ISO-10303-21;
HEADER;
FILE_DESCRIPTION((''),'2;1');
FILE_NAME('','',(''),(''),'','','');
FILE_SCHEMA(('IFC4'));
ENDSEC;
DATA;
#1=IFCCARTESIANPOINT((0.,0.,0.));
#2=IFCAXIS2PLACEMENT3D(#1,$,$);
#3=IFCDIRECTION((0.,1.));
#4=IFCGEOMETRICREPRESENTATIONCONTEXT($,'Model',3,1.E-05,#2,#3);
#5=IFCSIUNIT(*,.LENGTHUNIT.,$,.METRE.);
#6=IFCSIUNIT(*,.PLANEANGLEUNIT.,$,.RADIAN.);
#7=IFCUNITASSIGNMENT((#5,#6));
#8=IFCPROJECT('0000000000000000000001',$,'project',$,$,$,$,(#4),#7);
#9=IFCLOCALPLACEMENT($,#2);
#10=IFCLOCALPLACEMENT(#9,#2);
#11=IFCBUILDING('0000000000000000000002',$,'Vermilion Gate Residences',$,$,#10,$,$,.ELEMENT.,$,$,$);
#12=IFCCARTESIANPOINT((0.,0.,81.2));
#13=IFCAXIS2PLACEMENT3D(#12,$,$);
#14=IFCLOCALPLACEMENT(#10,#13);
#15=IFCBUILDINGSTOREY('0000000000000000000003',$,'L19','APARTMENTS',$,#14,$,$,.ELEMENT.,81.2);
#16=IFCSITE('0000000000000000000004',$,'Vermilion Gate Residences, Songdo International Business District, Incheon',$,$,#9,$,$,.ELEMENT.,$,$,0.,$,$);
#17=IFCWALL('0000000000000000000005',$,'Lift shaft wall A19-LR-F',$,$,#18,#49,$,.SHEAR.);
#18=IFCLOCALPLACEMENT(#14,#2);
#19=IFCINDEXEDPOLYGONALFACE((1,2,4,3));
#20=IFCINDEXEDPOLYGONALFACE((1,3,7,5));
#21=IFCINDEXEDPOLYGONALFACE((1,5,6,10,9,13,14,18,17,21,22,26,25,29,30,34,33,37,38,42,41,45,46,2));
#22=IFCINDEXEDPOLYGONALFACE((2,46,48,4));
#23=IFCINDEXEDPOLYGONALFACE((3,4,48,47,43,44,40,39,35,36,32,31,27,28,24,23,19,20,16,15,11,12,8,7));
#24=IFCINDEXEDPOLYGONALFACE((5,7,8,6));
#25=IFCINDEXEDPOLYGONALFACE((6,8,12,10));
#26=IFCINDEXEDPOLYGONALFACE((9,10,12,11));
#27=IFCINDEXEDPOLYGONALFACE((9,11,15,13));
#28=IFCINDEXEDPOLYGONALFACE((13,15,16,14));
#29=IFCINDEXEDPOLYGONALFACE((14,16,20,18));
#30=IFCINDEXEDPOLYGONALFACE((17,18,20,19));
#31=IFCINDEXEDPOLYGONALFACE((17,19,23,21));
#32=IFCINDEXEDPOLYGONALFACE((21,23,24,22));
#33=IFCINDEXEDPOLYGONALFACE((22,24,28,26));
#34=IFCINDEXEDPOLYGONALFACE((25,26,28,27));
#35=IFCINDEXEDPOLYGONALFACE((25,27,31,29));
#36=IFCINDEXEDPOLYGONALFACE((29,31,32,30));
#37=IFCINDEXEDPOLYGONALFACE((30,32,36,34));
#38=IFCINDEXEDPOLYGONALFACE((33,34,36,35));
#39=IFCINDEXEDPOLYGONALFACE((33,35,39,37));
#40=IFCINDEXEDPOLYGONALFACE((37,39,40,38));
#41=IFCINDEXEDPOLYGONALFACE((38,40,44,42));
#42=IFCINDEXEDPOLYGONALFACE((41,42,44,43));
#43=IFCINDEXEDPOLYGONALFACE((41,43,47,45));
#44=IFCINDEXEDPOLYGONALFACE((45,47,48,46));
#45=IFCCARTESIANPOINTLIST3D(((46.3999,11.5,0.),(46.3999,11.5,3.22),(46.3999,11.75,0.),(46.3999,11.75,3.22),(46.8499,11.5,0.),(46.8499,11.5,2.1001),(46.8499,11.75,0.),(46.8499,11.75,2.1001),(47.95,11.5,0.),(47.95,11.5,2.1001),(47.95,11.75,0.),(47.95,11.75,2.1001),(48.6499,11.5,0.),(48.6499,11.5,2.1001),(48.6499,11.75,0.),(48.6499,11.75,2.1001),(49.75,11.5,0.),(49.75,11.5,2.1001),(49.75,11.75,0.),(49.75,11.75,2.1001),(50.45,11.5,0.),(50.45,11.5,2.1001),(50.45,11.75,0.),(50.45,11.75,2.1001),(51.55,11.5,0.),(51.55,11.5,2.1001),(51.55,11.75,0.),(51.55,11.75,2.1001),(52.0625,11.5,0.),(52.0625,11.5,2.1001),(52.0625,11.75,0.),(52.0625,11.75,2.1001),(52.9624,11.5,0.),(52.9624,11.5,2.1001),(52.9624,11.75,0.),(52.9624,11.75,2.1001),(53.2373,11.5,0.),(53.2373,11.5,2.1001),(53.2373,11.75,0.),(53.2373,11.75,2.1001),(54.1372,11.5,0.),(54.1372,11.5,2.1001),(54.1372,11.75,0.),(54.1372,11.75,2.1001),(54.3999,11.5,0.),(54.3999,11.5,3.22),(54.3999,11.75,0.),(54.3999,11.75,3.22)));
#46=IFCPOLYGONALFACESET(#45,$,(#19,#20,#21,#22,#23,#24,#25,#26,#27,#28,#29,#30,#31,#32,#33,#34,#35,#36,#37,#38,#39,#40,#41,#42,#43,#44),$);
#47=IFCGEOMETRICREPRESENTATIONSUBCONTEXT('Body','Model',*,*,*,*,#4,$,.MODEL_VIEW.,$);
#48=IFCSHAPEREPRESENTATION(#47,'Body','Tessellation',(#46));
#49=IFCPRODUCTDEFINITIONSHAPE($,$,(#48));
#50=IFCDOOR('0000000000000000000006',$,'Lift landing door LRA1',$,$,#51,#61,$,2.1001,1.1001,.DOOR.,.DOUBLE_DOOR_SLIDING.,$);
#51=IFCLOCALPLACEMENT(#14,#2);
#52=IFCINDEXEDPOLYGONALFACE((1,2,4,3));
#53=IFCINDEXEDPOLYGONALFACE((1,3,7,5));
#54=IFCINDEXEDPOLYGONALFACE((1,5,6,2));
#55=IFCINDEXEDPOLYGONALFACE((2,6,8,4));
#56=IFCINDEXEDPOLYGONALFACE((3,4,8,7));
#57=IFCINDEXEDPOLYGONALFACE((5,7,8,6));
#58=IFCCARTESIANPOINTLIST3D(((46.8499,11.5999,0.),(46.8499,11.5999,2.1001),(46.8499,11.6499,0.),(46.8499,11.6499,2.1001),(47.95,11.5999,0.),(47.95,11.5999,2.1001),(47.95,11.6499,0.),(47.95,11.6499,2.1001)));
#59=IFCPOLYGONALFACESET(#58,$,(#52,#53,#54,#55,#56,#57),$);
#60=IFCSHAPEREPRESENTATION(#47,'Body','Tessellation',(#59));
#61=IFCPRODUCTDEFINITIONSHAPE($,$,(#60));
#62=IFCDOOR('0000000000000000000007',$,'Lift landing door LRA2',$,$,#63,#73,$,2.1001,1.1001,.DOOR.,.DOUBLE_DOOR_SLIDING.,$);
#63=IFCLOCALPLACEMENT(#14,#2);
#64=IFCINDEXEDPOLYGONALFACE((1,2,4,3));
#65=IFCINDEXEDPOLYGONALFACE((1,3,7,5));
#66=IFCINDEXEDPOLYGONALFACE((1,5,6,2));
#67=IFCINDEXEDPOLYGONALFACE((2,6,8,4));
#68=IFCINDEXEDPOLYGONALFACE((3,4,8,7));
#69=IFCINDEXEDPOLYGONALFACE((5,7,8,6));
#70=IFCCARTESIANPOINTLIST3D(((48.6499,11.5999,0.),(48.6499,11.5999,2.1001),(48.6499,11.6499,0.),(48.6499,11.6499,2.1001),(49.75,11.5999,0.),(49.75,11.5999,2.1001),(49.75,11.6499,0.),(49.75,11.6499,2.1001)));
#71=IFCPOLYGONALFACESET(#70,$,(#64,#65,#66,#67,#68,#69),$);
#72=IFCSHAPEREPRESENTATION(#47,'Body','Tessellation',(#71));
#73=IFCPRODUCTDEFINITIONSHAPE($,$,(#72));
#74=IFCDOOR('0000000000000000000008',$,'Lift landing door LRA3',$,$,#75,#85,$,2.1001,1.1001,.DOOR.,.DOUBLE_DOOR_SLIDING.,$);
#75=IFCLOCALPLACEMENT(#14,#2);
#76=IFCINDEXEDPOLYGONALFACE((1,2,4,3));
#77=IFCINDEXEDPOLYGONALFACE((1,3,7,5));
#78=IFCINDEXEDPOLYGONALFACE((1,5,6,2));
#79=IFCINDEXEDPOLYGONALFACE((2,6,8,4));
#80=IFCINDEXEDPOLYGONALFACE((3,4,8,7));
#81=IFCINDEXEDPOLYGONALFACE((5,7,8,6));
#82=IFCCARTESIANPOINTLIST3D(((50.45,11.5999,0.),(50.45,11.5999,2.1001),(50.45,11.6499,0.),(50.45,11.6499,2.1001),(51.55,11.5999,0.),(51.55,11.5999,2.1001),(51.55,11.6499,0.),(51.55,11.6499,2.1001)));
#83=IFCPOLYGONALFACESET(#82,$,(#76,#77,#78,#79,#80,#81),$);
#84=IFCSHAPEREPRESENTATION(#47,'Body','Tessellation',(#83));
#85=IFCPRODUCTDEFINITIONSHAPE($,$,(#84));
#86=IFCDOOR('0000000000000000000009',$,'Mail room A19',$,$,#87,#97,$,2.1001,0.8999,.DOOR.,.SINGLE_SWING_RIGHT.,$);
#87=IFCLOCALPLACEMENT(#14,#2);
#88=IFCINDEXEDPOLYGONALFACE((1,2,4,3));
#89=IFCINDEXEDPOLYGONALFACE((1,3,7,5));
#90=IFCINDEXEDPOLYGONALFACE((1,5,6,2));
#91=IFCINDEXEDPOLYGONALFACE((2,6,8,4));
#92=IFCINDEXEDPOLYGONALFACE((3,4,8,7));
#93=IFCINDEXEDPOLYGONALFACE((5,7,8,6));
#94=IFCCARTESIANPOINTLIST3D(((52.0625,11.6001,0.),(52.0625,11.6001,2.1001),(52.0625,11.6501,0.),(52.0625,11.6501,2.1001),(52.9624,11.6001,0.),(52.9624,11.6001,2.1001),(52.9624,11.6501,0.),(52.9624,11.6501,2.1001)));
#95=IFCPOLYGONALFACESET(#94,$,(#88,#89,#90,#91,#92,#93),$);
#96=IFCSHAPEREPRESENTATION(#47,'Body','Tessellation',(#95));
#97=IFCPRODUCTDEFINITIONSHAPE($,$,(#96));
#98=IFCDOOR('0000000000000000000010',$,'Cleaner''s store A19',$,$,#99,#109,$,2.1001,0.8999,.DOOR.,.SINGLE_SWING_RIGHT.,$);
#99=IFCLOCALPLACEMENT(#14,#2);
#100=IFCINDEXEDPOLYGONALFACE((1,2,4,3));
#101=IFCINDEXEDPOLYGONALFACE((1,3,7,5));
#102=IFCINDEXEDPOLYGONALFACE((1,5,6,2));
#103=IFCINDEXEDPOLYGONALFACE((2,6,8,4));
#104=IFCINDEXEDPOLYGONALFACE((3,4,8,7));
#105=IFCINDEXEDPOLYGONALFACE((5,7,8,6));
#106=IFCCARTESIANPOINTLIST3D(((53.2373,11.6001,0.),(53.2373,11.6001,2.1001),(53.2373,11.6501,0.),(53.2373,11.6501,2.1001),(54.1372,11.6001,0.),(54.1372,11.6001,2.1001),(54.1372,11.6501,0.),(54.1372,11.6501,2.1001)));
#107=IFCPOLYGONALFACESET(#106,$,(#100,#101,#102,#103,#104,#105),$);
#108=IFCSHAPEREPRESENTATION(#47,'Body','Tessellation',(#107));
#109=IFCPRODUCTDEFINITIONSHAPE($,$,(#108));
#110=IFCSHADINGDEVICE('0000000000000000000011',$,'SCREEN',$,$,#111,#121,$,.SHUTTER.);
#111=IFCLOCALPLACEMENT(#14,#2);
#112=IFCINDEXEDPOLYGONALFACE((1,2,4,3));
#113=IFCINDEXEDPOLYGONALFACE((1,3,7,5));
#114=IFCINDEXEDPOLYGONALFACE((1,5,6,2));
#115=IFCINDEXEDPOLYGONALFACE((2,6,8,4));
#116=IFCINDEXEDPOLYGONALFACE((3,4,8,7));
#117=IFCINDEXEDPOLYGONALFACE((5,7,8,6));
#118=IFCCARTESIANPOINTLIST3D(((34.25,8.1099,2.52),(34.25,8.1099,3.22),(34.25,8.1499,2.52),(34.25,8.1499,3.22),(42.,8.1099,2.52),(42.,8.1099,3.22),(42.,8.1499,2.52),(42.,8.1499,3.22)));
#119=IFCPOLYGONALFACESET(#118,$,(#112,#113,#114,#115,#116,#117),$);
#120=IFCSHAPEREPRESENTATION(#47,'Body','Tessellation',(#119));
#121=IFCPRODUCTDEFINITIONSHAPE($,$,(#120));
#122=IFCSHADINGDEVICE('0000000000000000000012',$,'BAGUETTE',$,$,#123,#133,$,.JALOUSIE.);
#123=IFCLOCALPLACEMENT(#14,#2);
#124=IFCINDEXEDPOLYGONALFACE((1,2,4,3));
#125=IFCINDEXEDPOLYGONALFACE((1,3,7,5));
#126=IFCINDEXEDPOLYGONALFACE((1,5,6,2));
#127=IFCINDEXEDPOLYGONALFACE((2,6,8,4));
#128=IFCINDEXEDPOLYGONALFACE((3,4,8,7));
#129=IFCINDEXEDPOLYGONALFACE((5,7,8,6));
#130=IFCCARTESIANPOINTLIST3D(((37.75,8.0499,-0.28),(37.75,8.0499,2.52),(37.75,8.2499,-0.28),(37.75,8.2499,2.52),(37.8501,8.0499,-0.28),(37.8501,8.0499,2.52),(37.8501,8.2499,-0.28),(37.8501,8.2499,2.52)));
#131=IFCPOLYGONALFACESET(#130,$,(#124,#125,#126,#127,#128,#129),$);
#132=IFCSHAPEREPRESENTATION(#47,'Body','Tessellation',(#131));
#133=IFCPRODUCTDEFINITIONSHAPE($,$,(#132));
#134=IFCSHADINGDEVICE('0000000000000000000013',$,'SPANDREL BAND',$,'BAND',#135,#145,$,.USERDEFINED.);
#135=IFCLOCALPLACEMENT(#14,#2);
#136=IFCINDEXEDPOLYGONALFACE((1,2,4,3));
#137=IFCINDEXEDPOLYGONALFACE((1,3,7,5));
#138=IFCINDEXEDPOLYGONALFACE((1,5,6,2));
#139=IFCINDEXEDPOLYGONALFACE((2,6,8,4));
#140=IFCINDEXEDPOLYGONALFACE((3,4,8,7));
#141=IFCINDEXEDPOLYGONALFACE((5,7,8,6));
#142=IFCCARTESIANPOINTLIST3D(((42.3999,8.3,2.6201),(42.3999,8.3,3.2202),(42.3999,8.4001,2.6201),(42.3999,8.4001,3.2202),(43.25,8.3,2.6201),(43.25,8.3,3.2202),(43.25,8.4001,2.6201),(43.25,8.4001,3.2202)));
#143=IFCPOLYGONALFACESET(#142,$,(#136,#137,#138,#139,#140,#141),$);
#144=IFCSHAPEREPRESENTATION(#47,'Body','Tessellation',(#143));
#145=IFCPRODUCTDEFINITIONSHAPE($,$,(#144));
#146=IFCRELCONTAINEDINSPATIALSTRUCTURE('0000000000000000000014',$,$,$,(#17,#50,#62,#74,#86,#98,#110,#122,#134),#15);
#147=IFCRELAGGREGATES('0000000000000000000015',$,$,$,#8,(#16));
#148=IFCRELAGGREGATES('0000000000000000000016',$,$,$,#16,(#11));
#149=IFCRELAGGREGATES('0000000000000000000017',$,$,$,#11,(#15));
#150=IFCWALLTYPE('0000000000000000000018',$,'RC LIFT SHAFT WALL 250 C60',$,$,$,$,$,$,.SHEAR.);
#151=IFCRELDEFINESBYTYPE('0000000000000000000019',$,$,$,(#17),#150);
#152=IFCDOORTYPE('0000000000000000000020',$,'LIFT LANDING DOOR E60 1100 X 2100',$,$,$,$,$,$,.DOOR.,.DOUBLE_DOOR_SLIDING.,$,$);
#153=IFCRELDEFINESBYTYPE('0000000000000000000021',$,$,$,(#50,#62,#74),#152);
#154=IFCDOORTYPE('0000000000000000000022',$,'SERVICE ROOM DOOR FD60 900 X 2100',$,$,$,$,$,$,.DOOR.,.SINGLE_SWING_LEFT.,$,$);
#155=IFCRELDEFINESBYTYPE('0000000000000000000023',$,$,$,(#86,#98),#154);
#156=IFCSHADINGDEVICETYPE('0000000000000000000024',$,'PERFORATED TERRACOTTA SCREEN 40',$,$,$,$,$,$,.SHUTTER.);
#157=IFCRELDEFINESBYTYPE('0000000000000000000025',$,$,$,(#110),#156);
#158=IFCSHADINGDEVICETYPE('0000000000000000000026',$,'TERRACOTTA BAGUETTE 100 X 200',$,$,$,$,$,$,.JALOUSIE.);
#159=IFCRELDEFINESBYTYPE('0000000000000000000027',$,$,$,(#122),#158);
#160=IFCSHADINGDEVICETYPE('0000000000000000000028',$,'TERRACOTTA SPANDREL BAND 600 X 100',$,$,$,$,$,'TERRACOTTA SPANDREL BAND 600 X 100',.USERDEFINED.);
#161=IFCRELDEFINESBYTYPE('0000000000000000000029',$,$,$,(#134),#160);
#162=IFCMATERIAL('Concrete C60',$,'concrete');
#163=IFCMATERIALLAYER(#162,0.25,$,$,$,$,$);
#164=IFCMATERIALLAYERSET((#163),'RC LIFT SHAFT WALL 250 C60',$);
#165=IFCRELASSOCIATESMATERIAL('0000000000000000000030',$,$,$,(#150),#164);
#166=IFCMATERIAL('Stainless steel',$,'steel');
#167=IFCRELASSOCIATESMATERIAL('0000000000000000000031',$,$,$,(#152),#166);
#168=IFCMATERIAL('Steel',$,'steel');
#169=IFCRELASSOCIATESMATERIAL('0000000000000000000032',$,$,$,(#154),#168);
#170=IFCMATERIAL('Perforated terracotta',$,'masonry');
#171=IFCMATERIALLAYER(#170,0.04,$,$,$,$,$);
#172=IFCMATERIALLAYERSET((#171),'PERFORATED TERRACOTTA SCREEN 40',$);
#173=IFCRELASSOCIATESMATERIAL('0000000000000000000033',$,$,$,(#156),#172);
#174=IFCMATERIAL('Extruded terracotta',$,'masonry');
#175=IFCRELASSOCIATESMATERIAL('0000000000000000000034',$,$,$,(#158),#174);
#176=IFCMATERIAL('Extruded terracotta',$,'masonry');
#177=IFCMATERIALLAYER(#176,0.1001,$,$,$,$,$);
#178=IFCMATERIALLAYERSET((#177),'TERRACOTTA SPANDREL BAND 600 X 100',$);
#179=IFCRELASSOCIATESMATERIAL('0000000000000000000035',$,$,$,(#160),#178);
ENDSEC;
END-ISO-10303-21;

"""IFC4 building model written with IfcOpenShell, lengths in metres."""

from ifc_helpers import new_model, si_unit, direction, frame, frame_2d, origin, origin_2d, place, context, subcontext, project, spatial, rectangle, extrude, material, layer, layer_set, material_profile, profile_set, type_object, element, fill, save


model = new_model("IFC4")

# Units and contexts
model_context = context("Model", 3, precision=1e-05, world=origin(), true_north=direction((0.0, 1.0)))
body_context = subcontext(model_context, "Body", "Model", "MODEL_VIEW")
ifc_project = project(units=[si_unit("LENGTHUNIT", "METRE"), si_unit("PLANEANGLEUNIT", "RADIAN")], contexts=[model_context])

# Site, building, storey
site_placement = place(None, origin())
site = spatial("IfcSite", under=ifc_project, at=site_placement, Name="Vermilion Gate Residences, Songdo International Business District, Incheon", CompositionType="ELEMENT", RefElevation=0.0)
building_placement = place(site_placement, origin())
building = spatial("IfcBuilding", under=site, at=building_placement, Name="Vermilion Gate Residences", CompositionType="ELEMENT")
storey_placement = place(building_placement, frame((0.0, 0.0, 81.2)))
storey = spatial("IfcBuildingStorey", under=building, at=storey_placement, Name="L19", Description="APARTMENTS", CompositionType="ELEMENT", Elevation=81.2)

# Wall, openings, doors
ifc_material_1 = material(Name="Concrete C60", Category="concrete")
ifc_layer_1 = layer(ifc_material_1, 0.25)
ifc_layer_set_1 = layer_set([ifc_layer_1], Name="RC LIFT SHAFT WALL 250 C60")
wall_type_1 = type_object("IfcWallType", Name="RC LIFT SHAFT WALL 250 C60", PredefinedType="SHEAR", material=ifc_layer_set_1)
wall_1_placement = place(storey_placement, frame((46.3999, 11.625, 0.0), z_axis=(0.0, 0.0, 1.0), x_axis=(1.0, 0.0, 0.0)))
wall_1 = element("IfcWall", 1, at=wall_1_placement, inside=storey, type_object=wall_type_1, Name="Lift shaft wall A19-LR-F", PredefinedType="SHEAR", context=body_context, shape_type="SweptSolid", body=[
    extrude(rectangle(XDim=8.0, YDim=0.25, at=frame_2d((4.0, 0.0))), origin(), (0.0, 0.0, 1.0), 3.22),
])
opening_1_placement = place(wall_1_placement, frame((0.45, 0.0, 0.0)))
opening_1 = element("IfcOpeningElement", 2, at=opening_1_placement, cuts=wall_1, PredefinedType="OPENING", context=body_context, shape_type="SweptSolid", body=[
    extrude(rectangle(XDim=1.1001, YDim=2.1001, at=frame_2d((0.55, 1.05))), frame((0.0, 0.135, 0.0), z_axis=(0.0, -1.0, 0.0), x_axis=(1.0, 0.0, 0.0)), (0.0, 0.0, 1.0), 0.27),
])
opening_2_placement = place(wall_1_placement, frame((2.25, 0.0, 0.0)))
opening_2 = element("IfcOpeningElement", 3, at=opening_2_placement, cuts=wall_1, PredefinedType="OPENING", context=body_context, shape_type="SweptSolid", body=[
    extrude(rectangle(XDim=1.1001, YDim=2.1001, at=frame_2d((0.55, 1.05))), frame((0.0, 0.135, 0.0), z_axis=(0.0, -1.0, 0.0), x_axis=(1.0, 0.0, 0.0)), (0.0, 0.0, 1.0), 0.27),
])
opening_3_placement = place(wall_1_placement, frame((4.05, 0.0, 0.0)))
opening_3 = element("IfcOpeningElement", 4, at=opening_3_placement, cuts=wall_1, PredefinedType="OPENING", context=body_context, shape_type="SweptSolid", body=[
    extrude(rectangle(XDim=1.1001, YDim=2.1001, at=frame_2d((0.55, 1.05))), frame((0.0, 0.135, 0.0), z_axis=(0.0, -1.0, 0.0), x_axis=(1.0, 0.0, 0.0)), (0.0, 0.0, 1.0), 0.27),
])
opening_4_placement = place(wall_1_placement, frame((5.6626, 0.0, 0.0)))
opening_4 = element("IfcOpeningElement", 5, at=opening_4_placement, cuts=wall_1, PredefinedType="OPENING", context=body_context, shape_type="SweptSolid", body=[
    extrude(rectangle(XDim=0.8999, YDim=2.1001, at=frame_2d((0.45, 1.05))), frame((0.0, 0.135, 0.0), z_axis=(0.0, -1.0, 0.0), x_axis=(1.0, 0.0, 0.0)), (0.0, 0.0, 1.0), 0.27),
])
opening_5_placement = place(wall_1_placement, frame((6.8374, 0.0, 0.0)))
opening_5 = element("IfcOpeningElement", 6, at=opening_5_placement, cuts=wall_1, PredefinedType="OPENING", context=body_context, shape_type="SweptSolid", body=[
    extrude(rectangle(XDim=0.8999, YDim=2.1001, at=frame_2d((0.45, 1.05))), frame((0.0, 0.135, 0.0), z_axis=(0.0, -1.0, 0.0), x_axis=(1.0, 0.0, 0.0)), (0.0, 0.0, 1.0), 0.27),
])
ifc_material_2 = material(Name="Stainless steel", Category="steel")
door_type_1 = type_object("IfcDoorType", Name="LIFT LANDING DOOR E60 1100 X 2100", OperationType="DOUBLE_DOOR_SLIDING", PredefinedType="DOOR", material=ifc_material_2)
door_1_placement = place(opening_1_placement, origin())
door_1 = element("IfcDoor", 7, at=door_1_placement, inside=storey, type_object=door_type_1, Name="Lift landing door LRA1", OperationType="DOUBLE_DOOR_SLIDING", OverallHeight=2.1001, OverallWidth=1.1001, PredefinedType="DOOR", context=body_context, shape_type="SweptSolid", body=[
    extrude(rectangle(XDim=1.1001, YDim=2.1001, at=frame_2d((0.55, 1.05))), frame((0.0, 0.0249, 0.0), z_axis=(0.0, -1.0, 0.0), x_axis=(1.0, 0.0, 0.0)), (0.0, 0.0, 1.0), 0.05),
])
fill(opening_1, door_1)
door_2_placement = place(opening_2_placement, origin())
door_2 = element("IfcDoor", 8, at=door_2_placement, inside=storey, type_object=door_type_1, Name="Lift landing door LRA2", OperationType="DOUBLE_DOOR_SLIDING", OverallHeight=2.1001, OverallWidth=1.1001, PredefinedType="DOOR", context=body_context, shape_type="SweptSolid", body=[
    extrude(rectangle(XDim=1.1001, YDim=2.1001, at=frame_2d((0.55, 1.05))), frame((0.0, 0.0249, 0.0), z_axis=(0.0, -1.0, 0.0), x_axis=(1.0, 0.0, 0.0)), (0.0, 0.0, 1.0), 0.05),
])
fill(opening_2, door_2)
door_3_placement = place(opening_3_placement, origin())
door_3 = element("IfcDoor", 9, at=door_3_placement, inside=storey, type_object=door_type_1, Name="Lift landing door LRA3", OperationType="DOUBLE_DOOR_SLIDING", OverallHeight=2.1001, OverallWidth=1.1001, PredefinedType="DOOR", context=body_context, shape_type="SweptSolid", body=[
    extrude(rectangle(XDim=1.1001, YDim=2.1001, at=frame_2d((0.55, 1.05))), frame((0.0, 0.0249, 0.0), z_axis=(0.0, -1.0, 0.0), x_axis=(1.0, 0.0, 0.0)), (0.0, 0.0, 1.0), 0.05),
])
fill(opening_3, door_3)
ifc_material_3 = material(Name="Steel", Category="steel")
door_type_2 = type_object("IfcDoorType", Name="SERVICE ROOM DOOR FD60 900 X 2100", OperationType="SINGLE_SWING_LEFT", PredefinedType="DOOR", material=ifc_material_3)
door_4_placement = place(opening_4_placement, frame((0.8999, 0.0, 0.0), z_axis=(0.0, 0.0, 1.0), x_axis=(-1.0, 0.0, 0.0)))
door_4 = element("IfcDoor", 10, at=door_4_placement, inside=storey, type_object=door_type_2, Name="Mail room A19", OperationType="SINGLE_SWING_RIGHT", OverallHeight=2.1001, OverallWidth=0.8999, PredefinedType="DOOR", context=body_context, shape_type="SweptSolid", body=[
    extrude(rectangle(XDim=0.8999, YDim=2.1001, at=frame_2d((0.45, 1.05))), frame((0.0, 0.0249, 0.0), z_axis=(0.0, -1.0, 0.0), x_axis=(1.0, 0.0, 0.0)), (0.0, 0.0, 1.0), 0.05),
])
fill(opening_4, door_4)
door_5_placement = place(opening_5_placement, frame((0.8999, 0.0, 0.0), z_axis=(0.0, 0.0, 1.0), x_axis=(-1.0, 0.0, 0.0)))
door_5 = element("IfcDoor", 11, at=door_5_placement, inside=storey, type_object=door_type_2, Name="Cleaner's store A19", OperationType="SINGLE_SWING_RIGHT", OverallHeight=2.1001, OverallWidth=0.8999, PredefinedType="DOOR", context=body_context, shape_type="SweptSolid", body=[
    extrude(rectangle(XDim=0.8999, YDim=2.1001, at=frame_2d((0.45, 1.05))), frame((0.0, 0.0249, 0.0), z_axis=(0.0, -1.0, 0.0), x_axis=(1.0, 0.0, 0.0)), (0.0, 0.0, 1.0), 0.05),
])
fill(opening_5, door_5)

# Shading devices
ifc_material_4 = material(Name="Perforated terracotta", Category="masonry")
ifc_layer_2 = layer(ifc_material_4, 0.04)
ifc_layer_set_2 = layer_set([ifc_layer_2], Name="PERFORATED TERRACOTTA SCREEN 40")
shading_device_type_1 = type_object("IfcShadingDeviceType", Name="PERFORATED TERRACOTTA SCREEN 40", PredefinedType="SHUTTER", material=ifc_layer_set_2)
shading_device_1_placement = place(storey_placement, frame((38.125, 8.1299, 2.52), z_axis=(0.0, 0.0, 1.0), x_axis=(1.0, 0.0, 0.0)))
element("IfcShadingDevice", 12, at=shading_device_1_placement, inside=storey, type_object=shading_device_type_1, Name="SCREEN", PredefinedType="SHUTTER", context=body_context, shape_type="SweptSolid", body=[
    extrude(rectangle(XDim=7.75, YDim=0.04, at=origin_2d()), origin(), (0.0, 0.0, 1.0), 0.7),
])
ifc_material_5 = material(Name="Extruded terracotta", Category="masonry")
ifc_material_profile = material_profile(ifc_material_5, rectangle(XDim=0.2, YDim=0.1001, at=origin_2d()), Name="BAGUETTE 100 X 200")
ifc_profile_set = profile_set([ifc_material_profile], Name="Extruded terracotta")
shading_device_type_2 = type_object("IfcShadingDeviceType", Name="TERRACOTTA BAGUETTE 100 X 200", PredefinedType="JALOUSIE", material=ifc_profile_set)
shading_device_2_placement = place(storey_placement, frame((37.8, 8.1499, -0.28), z_axis=(0.0, 0.0, 1.0), x_axis=(0.0, 1.0, 0.0)))
element("IfcShadingDevice", 13, at=shading_device_2_placement, inside=storey, type_object=shading_device_type_2, Name="BAGUETTE", PredefinedType="JALOUSIE", context=body_context, shape_type="SweptSolid", body=[
    extrude(rectangle(XDim=0.2, YDim=0.1001, at=origin_2d()), origin(), (0.0, 0.0, 1.0), 2.8),
])
ifc_material_6 = material(Name="Extruded terracotta", Category="masonry")
ifc_layer_3 = layer(ifc_material_6, 0.1001)
ifc_layer_set_3 = layer_set([ifc_layer_3], Name="TERRACOTTA SPANDREL BAND 600 X 100")
shading_device_type_3 = type_object("IfcShadingDeviceType", Name="TERRACOTTA SPANDREL BAND 600 X 100", ElementType="TERRACOTTA SPANDREL BAND 600 X 100", PredefinedType="USERDEFINED", material=ifc_layer_set_3)
shading_device_3_placement = place(storey_placement, frame((42.825, 8.3501, 2.6201), z_axis=(0.0, 0.0, 1.0), x_axis=(1.0, 0.0, 0.0)))
element("IfcShadingDevice", 14, at=shading_device_3_placement, inside=storey, type_object=shading_device_type_3, Name="SPANDREL BAND", ObjectType="BAND", PredefinedType="USERDEFINED", context=body_context, shape_type="SweptSolid", body=[
    extrude(rectangle(XDim=0.8501, YDim=0.1001, at=origin_2d()), origin(), (0.0, 0.0, 1.0), 0.6001),
])

save(model, "model.ifc")
